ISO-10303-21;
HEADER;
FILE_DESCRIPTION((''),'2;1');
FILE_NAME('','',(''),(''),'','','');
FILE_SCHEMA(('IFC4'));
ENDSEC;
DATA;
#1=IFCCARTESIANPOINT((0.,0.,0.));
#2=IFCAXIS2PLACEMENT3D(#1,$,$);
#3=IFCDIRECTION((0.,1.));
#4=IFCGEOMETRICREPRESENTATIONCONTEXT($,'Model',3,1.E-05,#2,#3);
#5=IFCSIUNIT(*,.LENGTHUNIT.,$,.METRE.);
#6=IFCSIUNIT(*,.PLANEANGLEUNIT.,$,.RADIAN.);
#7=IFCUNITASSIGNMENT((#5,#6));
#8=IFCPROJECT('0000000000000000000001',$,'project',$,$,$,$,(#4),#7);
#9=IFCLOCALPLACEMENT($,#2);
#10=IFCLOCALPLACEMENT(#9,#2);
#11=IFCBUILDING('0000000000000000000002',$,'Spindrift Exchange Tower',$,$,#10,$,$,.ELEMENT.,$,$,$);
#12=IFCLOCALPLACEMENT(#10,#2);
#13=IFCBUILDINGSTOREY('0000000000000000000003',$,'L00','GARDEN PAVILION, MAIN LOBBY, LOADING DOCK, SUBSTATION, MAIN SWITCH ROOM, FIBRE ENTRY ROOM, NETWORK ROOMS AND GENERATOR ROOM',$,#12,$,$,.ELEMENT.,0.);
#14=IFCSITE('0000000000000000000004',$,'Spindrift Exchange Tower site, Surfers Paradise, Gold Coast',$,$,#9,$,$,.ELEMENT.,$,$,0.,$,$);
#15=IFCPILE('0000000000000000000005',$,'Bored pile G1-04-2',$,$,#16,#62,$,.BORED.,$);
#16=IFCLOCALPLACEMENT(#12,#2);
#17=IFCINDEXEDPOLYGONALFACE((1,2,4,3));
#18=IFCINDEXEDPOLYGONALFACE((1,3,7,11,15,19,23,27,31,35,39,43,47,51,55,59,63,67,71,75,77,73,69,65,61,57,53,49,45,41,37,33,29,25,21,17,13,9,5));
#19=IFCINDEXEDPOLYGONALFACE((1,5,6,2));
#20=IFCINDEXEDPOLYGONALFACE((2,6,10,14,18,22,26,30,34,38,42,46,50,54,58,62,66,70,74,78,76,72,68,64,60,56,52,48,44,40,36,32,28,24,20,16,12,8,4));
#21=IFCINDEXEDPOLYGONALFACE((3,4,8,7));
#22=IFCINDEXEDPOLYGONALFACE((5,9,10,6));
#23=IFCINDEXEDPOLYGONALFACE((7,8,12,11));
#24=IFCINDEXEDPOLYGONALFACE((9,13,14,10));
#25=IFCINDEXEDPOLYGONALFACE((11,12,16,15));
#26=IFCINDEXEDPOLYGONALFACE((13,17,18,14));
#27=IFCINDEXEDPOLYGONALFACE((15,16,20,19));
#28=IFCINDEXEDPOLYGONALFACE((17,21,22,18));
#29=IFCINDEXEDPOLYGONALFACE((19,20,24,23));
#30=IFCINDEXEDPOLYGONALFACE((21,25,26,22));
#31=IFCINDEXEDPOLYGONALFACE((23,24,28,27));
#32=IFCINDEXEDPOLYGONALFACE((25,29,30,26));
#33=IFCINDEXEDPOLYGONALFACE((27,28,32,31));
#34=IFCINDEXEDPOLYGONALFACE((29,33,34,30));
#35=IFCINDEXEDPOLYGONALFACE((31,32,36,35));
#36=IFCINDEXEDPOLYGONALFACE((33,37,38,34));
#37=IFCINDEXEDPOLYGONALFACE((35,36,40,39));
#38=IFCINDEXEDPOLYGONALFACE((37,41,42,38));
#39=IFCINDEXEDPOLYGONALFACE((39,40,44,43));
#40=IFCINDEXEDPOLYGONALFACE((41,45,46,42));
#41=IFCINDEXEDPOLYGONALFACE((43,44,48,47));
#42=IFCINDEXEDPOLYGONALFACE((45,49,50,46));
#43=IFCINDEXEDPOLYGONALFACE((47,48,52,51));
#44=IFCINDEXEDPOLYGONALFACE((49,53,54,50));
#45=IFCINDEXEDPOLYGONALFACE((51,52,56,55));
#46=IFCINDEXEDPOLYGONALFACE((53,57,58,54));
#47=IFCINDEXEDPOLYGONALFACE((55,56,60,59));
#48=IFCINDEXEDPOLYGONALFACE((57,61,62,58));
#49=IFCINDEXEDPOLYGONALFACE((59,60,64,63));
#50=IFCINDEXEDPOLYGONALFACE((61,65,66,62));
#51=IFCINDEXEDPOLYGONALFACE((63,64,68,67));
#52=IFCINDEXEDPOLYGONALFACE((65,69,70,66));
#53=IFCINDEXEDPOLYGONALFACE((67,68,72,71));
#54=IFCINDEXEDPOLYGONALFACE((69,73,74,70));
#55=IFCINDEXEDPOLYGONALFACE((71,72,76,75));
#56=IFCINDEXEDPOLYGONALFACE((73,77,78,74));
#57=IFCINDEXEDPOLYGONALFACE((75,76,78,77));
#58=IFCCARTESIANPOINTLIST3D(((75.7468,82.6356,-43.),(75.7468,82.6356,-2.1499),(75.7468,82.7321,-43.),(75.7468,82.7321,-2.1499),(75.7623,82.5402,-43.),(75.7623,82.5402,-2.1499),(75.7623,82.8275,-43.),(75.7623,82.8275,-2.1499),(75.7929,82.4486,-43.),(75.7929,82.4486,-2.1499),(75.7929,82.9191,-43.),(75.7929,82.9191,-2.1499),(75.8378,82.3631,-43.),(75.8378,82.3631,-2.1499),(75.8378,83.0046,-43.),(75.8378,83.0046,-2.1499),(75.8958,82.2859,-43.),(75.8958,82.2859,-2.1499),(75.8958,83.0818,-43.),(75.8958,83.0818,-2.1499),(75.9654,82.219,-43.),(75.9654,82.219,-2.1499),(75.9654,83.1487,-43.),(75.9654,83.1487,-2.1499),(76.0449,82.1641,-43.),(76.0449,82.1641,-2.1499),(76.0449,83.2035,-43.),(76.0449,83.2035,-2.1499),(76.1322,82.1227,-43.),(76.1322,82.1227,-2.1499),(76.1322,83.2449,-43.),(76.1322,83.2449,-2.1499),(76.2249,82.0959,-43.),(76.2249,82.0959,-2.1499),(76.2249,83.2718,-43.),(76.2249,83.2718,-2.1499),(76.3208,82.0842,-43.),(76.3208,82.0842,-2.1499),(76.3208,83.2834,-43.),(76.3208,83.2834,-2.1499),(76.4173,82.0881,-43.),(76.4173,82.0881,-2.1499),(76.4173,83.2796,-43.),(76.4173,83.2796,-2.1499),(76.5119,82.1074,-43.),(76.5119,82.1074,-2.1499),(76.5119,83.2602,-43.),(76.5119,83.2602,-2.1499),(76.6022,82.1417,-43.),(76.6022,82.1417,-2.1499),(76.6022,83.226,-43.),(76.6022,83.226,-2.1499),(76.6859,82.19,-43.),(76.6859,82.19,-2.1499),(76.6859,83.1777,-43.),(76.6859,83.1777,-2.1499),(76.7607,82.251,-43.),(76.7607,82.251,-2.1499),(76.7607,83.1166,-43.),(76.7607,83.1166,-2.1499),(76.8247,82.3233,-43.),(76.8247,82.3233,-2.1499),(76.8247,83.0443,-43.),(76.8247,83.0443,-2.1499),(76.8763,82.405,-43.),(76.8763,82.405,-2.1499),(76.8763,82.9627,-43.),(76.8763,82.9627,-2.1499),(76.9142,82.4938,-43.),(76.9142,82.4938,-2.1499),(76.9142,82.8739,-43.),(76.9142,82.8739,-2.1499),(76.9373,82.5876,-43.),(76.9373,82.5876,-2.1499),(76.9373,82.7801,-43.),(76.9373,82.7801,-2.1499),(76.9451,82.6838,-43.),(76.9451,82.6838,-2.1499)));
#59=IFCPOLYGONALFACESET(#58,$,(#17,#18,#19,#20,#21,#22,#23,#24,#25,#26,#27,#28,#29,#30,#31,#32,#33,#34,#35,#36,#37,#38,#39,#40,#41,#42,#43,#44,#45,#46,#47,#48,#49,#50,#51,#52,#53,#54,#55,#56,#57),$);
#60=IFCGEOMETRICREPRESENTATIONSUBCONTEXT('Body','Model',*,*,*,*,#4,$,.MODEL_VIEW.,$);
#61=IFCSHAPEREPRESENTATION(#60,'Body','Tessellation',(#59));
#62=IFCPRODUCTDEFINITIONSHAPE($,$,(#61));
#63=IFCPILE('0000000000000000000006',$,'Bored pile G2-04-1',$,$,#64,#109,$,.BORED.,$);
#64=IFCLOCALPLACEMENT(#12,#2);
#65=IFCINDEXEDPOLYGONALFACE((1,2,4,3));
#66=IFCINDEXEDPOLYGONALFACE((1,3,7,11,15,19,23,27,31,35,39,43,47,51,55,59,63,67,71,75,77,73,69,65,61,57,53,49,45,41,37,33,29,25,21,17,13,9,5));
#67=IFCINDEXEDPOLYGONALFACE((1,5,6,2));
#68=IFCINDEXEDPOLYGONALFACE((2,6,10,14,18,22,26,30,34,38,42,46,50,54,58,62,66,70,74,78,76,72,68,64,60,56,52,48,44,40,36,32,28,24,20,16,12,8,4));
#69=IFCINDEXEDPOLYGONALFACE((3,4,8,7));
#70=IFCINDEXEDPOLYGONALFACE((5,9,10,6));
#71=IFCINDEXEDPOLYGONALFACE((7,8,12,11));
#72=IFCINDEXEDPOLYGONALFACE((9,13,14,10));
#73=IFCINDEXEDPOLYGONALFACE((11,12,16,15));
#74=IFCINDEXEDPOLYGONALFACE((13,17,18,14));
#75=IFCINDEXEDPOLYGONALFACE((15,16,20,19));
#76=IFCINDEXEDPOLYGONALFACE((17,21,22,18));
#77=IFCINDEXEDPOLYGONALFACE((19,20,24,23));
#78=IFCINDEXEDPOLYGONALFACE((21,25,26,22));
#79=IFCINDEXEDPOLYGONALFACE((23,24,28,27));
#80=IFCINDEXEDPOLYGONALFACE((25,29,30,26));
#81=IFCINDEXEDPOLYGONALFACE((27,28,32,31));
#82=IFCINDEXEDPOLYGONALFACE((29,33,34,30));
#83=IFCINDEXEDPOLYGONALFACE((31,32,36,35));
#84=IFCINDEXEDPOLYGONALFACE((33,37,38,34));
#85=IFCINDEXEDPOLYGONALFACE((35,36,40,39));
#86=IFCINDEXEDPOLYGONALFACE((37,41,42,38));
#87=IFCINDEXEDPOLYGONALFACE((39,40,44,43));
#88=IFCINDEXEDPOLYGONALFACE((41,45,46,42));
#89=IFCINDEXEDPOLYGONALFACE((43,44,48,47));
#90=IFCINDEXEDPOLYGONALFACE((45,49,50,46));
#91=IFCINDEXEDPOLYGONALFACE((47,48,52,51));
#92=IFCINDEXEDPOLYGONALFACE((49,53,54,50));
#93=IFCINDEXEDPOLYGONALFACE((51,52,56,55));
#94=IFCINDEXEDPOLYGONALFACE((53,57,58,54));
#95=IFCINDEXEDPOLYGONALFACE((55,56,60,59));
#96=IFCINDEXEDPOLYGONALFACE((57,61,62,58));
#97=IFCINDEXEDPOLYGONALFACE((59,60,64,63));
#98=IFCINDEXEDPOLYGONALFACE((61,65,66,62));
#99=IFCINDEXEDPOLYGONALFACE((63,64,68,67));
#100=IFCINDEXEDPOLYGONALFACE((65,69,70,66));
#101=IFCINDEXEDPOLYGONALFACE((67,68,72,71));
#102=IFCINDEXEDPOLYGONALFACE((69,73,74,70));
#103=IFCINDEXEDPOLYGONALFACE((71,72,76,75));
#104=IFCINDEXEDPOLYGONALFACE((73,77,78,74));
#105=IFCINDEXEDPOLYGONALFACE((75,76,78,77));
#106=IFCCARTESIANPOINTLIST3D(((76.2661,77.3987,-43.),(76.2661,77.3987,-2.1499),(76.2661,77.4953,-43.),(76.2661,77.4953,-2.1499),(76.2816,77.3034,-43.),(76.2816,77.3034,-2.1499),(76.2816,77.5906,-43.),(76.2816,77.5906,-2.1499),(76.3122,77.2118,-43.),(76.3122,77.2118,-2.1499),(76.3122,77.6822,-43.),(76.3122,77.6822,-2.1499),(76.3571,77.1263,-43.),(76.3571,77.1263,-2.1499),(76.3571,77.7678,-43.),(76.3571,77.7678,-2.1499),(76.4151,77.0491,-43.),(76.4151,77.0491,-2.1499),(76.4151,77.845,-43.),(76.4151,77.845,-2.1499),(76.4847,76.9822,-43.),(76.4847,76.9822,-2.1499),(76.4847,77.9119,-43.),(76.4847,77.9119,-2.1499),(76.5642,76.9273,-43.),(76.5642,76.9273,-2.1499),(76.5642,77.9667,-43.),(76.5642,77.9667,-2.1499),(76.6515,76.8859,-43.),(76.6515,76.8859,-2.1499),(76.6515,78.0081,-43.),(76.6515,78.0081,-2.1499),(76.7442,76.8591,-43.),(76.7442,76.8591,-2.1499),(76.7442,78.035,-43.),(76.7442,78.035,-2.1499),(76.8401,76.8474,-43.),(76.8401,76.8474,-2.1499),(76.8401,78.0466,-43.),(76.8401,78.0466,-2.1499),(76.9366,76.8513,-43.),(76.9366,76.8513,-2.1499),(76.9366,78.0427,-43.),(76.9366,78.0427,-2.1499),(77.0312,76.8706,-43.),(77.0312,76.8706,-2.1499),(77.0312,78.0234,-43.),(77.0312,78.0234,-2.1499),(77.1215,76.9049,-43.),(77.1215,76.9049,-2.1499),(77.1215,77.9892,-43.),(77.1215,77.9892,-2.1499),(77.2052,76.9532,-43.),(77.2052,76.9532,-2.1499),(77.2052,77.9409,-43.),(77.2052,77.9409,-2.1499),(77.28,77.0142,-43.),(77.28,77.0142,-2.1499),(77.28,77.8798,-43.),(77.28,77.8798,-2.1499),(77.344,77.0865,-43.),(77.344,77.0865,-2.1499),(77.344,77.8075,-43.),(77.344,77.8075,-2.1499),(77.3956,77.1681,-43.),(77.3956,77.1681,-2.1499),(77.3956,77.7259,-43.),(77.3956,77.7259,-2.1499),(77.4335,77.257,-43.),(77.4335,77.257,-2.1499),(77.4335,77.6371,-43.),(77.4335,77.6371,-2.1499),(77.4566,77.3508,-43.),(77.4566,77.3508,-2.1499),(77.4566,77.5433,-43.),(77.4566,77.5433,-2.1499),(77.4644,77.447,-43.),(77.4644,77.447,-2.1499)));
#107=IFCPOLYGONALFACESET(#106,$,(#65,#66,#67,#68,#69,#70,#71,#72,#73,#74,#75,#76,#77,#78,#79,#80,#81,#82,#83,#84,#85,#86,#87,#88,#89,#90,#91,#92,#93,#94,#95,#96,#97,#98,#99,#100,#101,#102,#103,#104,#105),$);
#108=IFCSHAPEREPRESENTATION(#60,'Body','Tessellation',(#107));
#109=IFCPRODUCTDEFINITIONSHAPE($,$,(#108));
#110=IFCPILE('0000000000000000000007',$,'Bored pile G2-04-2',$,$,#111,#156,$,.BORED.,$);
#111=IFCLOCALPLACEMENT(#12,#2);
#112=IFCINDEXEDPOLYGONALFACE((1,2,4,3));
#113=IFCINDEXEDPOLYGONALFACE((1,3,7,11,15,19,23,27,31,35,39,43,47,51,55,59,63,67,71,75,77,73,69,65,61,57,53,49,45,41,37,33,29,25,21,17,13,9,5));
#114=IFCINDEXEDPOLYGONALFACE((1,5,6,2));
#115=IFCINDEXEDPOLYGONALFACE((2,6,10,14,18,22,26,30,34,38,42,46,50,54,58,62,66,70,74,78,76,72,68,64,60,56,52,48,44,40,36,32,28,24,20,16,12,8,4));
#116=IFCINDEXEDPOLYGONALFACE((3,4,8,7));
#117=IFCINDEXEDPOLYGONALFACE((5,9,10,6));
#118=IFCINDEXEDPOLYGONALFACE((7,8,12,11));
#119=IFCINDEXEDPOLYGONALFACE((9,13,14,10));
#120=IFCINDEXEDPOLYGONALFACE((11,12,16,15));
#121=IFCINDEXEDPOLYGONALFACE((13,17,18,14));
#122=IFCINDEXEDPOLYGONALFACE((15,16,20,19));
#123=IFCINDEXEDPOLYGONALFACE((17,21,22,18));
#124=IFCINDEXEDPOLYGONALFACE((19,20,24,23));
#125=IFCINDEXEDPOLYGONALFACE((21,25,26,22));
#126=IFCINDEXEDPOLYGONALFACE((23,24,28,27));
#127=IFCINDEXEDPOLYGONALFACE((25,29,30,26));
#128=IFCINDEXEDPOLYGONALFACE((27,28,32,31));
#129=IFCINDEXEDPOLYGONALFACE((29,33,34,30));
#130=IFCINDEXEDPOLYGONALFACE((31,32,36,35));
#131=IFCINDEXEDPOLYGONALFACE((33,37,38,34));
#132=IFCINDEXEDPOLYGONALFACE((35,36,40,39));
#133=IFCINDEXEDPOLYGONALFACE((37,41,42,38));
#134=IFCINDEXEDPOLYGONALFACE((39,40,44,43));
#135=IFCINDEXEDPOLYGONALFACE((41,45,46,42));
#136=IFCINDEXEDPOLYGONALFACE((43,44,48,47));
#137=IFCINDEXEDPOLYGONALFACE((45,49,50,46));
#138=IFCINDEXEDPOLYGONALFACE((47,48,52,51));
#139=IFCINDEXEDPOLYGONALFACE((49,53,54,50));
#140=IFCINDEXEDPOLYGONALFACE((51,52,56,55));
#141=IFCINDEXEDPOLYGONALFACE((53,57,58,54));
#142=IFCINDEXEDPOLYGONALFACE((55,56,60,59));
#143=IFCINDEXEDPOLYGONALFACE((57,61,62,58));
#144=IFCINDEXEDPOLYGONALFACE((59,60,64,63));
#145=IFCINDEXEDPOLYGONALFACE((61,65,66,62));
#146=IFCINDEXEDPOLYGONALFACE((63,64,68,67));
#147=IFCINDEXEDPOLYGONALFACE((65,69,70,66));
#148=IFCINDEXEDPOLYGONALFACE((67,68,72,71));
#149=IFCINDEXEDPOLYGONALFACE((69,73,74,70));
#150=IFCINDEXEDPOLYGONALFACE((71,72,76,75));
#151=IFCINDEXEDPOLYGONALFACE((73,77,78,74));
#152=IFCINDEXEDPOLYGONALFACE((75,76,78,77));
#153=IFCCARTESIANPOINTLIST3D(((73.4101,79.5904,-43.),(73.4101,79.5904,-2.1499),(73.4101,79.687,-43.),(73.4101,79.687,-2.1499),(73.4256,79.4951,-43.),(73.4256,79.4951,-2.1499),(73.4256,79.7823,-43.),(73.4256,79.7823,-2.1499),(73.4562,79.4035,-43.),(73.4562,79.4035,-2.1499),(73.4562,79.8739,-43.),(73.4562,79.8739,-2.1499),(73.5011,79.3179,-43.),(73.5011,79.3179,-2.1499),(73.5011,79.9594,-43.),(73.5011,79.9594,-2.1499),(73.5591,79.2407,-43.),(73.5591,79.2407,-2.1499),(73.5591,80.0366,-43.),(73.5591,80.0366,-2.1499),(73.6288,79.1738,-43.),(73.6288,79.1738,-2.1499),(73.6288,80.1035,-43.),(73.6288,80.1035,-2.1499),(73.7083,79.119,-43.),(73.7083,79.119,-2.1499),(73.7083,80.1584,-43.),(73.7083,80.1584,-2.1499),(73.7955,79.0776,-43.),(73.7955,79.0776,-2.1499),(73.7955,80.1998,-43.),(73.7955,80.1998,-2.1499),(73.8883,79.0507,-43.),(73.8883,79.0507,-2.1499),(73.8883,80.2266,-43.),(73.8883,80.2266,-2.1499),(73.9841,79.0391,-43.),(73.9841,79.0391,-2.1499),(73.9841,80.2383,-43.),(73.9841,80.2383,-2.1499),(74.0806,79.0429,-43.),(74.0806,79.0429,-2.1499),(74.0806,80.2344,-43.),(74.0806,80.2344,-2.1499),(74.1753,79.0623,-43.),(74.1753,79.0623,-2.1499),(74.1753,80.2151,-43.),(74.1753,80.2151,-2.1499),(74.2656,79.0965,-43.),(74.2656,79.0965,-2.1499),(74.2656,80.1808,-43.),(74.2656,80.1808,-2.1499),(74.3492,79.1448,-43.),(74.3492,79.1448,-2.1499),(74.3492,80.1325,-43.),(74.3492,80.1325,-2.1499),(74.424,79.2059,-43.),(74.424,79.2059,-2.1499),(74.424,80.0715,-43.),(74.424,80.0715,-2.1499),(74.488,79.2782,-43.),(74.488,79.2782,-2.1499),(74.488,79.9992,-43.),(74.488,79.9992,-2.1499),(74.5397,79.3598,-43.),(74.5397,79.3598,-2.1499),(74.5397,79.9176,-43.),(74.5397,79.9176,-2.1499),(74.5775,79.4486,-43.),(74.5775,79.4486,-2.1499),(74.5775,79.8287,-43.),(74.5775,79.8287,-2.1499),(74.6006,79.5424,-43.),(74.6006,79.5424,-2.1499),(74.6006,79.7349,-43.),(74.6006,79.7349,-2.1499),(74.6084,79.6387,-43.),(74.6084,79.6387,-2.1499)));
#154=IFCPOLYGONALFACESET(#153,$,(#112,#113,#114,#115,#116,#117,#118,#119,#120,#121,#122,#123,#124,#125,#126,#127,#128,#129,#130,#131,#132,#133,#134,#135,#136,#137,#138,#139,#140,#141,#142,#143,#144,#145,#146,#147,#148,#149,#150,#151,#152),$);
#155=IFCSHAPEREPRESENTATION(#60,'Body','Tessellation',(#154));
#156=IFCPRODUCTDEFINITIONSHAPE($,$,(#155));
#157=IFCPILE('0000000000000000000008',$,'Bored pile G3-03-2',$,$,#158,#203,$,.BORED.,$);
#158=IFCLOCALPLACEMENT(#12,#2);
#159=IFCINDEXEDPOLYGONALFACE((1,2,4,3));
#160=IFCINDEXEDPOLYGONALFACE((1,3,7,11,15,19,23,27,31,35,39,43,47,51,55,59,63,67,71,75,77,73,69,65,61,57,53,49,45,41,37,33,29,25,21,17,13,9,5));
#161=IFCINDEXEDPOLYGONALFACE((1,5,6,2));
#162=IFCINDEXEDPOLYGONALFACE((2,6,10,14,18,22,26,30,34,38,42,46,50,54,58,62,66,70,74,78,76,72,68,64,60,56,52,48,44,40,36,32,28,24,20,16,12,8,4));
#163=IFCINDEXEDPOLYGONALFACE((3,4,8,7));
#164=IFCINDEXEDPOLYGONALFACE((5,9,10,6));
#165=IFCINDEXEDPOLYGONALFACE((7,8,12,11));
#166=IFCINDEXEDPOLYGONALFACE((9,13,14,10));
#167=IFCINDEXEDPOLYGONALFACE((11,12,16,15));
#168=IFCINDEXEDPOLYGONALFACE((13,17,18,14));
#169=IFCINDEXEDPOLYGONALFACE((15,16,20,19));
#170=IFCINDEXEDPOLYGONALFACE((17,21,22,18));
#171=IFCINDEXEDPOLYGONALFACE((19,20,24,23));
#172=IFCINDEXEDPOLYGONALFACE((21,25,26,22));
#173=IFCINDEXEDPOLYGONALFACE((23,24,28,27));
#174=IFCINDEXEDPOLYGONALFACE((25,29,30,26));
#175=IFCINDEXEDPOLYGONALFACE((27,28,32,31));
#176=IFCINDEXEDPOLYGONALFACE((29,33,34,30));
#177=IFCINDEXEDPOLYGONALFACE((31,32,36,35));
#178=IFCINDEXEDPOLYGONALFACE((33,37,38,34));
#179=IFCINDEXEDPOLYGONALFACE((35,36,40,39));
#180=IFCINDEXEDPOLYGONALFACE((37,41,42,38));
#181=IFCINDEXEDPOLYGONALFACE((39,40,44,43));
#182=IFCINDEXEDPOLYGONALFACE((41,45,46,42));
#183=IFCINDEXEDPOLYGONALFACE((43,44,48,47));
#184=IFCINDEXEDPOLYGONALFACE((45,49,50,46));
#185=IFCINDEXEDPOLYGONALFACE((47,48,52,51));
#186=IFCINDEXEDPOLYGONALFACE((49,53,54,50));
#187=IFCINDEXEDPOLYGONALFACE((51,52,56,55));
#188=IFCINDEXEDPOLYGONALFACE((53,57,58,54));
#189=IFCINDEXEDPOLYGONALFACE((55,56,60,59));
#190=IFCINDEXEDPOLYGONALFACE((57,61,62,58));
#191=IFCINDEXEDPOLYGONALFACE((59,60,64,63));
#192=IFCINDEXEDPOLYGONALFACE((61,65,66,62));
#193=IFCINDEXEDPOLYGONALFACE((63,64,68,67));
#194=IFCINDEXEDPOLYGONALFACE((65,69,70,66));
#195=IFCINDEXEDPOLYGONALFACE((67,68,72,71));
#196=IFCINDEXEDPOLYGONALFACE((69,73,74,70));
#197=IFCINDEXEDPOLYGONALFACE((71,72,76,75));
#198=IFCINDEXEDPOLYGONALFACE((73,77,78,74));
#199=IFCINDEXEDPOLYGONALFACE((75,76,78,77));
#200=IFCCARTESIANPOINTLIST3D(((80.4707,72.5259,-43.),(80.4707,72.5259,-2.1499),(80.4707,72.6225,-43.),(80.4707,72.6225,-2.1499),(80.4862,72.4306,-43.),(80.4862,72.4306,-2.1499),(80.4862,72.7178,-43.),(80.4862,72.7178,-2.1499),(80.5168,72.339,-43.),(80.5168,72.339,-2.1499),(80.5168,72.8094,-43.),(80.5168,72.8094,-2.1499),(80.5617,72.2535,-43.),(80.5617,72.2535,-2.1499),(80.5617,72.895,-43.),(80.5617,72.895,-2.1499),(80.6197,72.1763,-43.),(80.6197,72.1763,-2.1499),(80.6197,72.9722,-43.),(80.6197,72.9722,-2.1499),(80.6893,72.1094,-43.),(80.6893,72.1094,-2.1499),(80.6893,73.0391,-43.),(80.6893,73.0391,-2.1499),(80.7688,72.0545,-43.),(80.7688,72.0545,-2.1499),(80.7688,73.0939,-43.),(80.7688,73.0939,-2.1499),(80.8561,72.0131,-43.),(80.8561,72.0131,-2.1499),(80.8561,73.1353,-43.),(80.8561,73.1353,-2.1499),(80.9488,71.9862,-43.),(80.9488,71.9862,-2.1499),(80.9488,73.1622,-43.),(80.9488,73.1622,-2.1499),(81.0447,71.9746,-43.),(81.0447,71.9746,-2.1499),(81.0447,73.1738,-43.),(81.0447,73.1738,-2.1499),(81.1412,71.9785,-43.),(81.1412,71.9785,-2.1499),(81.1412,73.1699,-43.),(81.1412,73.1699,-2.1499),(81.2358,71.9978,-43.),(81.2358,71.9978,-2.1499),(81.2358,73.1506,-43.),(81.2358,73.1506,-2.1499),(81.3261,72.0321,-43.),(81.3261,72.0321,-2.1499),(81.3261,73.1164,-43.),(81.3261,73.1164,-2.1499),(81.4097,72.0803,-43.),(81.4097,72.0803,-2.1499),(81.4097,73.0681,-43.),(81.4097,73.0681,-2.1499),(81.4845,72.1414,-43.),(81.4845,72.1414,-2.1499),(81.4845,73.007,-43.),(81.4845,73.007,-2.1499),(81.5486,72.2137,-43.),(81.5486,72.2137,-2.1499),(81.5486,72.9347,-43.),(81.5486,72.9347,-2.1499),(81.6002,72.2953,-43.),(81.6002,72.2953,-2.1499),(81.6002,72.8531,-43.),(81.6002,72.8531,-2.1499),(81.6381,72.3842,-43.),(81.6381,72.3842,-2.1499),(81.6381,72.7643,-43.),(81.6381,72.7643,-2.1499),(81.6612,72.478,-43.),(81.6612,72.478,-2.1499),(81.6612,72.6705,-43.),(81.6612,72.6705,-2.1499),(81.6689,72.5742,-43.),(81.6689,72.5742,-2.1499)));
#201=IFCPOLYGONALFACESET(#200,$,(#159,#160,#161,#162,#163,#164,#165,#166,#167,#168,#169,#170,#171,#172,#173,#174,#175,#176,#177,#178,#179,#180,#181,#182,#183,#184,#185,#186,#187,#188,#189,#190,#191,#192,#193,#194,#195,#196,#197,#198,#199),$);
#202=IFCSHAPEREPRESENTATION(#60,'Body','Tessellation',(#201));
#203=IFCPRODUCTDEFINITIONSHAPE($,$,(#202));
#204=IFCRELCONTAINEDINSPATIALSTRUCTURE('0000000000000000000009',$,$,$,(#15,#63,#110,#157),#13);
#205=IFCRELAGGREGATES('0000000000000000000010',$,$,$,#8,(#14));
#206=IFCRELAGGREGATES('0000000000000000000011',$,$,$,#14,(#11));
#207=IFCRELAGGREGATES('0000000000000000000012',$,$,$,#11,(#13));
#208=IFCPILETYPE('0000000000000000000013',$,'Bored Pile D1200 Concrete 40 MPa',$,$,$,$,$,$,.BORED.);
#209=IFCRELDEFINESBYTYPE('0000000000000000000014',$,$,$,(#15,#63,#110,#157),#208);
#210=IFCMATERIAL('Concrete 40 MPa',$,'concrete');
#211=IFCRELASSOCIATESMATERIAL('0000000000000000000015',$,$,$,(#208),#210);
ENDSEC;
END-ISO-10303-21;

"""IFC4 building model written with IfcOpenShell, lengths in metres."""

from ifc_helpers import new_model, si_unit, direction, frame, origin, origin_2d, place, context, subcontext, project, spatial, circle, extrude, source, transform, mapped, material, material_profile, profile_set, type_object, element, save


model = new_model("IFC4")

# Units and contexts
model_context = context("Model", 3, precision=1e-05, world=origin(), true_north=direction((0.0, 1.0)))
body_context = subcontext(model_context, "Body", "Model", "MODEL_VIEW")
ifc_project = project(units=[si_unit("LENGTHUNIT", "METRE"), si_unit("PLANEANGLEUNIT", "RADIAN")], contexts=[model_context])

# Site, building, storey
site_placement = place(None, origin())
site = spatial("IfcSite", under=ifc_project, at=site_placement, Name="Spindrift Exchange Tower site, Surfers Paradise, Gold Coast", CompositionType="ELEMENT", RefElevation=0.0)
building_placement = place(site_placement, origin())
building = spatial("IfcBuilding", under=site, at=building_placement, Name="Spindrift Exchange Tower", CompositionType="ELEMENT")
storey_placement = place(building_placement, origin())
storey = spatial("IfcBuildingStorey", under=building, at=storey_placement, Name="L00", Description="GARDEN PAVILION, MAIN LOBBY, LOADING DOCK, SUBSTATION, MAIN SWITCH ROOM, FIBRE ENTRY ROOM, NETWORK ROOMS AND GENERATOR ROOM", CompositionType="ELEMENT", Elevation=0.0)

# Piles
ifc_material_1 = material(Name="Concrete 40 MPa", Category="concrete")
ifc_material_profile_1 = material_profile(ifc_material_1, circle(Radius=0.6001, at=origin_2d()), Name="BP D1200")
ifc_profile_set_1 = profile_set([ifc_material_profile_1], Name="Concrete 40 MPa")
pile_type = type_object("IfcPileType", Name="Bored Pile D1200 Concrete 40 MPa", PredefinedType="BORED", material=ifc_profile_set_1)
shared_shape_1 = source(origin(), body_context, "Body", "SweptSolid", [
    extrude(circle(Radius=0.6001, at=origin_2d()), origin(), (0.0, 0.0, 1.0), 40.8501),
])
for number, where, z_axis, x_axis, name in (
    (1, (76.345, 82.6838, -2.1499), (0.0, 0.0, -1.0), (1.0, 0.0, 0.0), "Bored pile G1-04-2"),
    (2, (76.8643, 77.447, -2.1499), (0.0, 0.0, -1.0), (1.0, 0.0, 0.0), "Bored pile G2-04-1"),
    (3, (74.0083, 79.6387, -2.1499), (0.0, 0.0, -1.0), (1.0, 0.0, 0.0), "Bored pile G2-04-2"),
    (4, (81.0688, 72.5742, -2.1499), (0.0, 0.0, -1.0), (1.0, 0.0, 0.0), "Bored pile G3-03-2"),
):
    element("IfcPile", number, at=place(storey_placement, frame(where, z_axis=z_axis, x_axis=x_axis)), inside=storey, type_object=pile_type, Name=name, PredefinedType="BORED", context=body_context, shape_type="MappedRepresentation", body=[
        mapped(shared_shape_1, transform((0.0, 0.0, 0.0), scale=1.0)),
    ])

save(model, "model.ifc")
